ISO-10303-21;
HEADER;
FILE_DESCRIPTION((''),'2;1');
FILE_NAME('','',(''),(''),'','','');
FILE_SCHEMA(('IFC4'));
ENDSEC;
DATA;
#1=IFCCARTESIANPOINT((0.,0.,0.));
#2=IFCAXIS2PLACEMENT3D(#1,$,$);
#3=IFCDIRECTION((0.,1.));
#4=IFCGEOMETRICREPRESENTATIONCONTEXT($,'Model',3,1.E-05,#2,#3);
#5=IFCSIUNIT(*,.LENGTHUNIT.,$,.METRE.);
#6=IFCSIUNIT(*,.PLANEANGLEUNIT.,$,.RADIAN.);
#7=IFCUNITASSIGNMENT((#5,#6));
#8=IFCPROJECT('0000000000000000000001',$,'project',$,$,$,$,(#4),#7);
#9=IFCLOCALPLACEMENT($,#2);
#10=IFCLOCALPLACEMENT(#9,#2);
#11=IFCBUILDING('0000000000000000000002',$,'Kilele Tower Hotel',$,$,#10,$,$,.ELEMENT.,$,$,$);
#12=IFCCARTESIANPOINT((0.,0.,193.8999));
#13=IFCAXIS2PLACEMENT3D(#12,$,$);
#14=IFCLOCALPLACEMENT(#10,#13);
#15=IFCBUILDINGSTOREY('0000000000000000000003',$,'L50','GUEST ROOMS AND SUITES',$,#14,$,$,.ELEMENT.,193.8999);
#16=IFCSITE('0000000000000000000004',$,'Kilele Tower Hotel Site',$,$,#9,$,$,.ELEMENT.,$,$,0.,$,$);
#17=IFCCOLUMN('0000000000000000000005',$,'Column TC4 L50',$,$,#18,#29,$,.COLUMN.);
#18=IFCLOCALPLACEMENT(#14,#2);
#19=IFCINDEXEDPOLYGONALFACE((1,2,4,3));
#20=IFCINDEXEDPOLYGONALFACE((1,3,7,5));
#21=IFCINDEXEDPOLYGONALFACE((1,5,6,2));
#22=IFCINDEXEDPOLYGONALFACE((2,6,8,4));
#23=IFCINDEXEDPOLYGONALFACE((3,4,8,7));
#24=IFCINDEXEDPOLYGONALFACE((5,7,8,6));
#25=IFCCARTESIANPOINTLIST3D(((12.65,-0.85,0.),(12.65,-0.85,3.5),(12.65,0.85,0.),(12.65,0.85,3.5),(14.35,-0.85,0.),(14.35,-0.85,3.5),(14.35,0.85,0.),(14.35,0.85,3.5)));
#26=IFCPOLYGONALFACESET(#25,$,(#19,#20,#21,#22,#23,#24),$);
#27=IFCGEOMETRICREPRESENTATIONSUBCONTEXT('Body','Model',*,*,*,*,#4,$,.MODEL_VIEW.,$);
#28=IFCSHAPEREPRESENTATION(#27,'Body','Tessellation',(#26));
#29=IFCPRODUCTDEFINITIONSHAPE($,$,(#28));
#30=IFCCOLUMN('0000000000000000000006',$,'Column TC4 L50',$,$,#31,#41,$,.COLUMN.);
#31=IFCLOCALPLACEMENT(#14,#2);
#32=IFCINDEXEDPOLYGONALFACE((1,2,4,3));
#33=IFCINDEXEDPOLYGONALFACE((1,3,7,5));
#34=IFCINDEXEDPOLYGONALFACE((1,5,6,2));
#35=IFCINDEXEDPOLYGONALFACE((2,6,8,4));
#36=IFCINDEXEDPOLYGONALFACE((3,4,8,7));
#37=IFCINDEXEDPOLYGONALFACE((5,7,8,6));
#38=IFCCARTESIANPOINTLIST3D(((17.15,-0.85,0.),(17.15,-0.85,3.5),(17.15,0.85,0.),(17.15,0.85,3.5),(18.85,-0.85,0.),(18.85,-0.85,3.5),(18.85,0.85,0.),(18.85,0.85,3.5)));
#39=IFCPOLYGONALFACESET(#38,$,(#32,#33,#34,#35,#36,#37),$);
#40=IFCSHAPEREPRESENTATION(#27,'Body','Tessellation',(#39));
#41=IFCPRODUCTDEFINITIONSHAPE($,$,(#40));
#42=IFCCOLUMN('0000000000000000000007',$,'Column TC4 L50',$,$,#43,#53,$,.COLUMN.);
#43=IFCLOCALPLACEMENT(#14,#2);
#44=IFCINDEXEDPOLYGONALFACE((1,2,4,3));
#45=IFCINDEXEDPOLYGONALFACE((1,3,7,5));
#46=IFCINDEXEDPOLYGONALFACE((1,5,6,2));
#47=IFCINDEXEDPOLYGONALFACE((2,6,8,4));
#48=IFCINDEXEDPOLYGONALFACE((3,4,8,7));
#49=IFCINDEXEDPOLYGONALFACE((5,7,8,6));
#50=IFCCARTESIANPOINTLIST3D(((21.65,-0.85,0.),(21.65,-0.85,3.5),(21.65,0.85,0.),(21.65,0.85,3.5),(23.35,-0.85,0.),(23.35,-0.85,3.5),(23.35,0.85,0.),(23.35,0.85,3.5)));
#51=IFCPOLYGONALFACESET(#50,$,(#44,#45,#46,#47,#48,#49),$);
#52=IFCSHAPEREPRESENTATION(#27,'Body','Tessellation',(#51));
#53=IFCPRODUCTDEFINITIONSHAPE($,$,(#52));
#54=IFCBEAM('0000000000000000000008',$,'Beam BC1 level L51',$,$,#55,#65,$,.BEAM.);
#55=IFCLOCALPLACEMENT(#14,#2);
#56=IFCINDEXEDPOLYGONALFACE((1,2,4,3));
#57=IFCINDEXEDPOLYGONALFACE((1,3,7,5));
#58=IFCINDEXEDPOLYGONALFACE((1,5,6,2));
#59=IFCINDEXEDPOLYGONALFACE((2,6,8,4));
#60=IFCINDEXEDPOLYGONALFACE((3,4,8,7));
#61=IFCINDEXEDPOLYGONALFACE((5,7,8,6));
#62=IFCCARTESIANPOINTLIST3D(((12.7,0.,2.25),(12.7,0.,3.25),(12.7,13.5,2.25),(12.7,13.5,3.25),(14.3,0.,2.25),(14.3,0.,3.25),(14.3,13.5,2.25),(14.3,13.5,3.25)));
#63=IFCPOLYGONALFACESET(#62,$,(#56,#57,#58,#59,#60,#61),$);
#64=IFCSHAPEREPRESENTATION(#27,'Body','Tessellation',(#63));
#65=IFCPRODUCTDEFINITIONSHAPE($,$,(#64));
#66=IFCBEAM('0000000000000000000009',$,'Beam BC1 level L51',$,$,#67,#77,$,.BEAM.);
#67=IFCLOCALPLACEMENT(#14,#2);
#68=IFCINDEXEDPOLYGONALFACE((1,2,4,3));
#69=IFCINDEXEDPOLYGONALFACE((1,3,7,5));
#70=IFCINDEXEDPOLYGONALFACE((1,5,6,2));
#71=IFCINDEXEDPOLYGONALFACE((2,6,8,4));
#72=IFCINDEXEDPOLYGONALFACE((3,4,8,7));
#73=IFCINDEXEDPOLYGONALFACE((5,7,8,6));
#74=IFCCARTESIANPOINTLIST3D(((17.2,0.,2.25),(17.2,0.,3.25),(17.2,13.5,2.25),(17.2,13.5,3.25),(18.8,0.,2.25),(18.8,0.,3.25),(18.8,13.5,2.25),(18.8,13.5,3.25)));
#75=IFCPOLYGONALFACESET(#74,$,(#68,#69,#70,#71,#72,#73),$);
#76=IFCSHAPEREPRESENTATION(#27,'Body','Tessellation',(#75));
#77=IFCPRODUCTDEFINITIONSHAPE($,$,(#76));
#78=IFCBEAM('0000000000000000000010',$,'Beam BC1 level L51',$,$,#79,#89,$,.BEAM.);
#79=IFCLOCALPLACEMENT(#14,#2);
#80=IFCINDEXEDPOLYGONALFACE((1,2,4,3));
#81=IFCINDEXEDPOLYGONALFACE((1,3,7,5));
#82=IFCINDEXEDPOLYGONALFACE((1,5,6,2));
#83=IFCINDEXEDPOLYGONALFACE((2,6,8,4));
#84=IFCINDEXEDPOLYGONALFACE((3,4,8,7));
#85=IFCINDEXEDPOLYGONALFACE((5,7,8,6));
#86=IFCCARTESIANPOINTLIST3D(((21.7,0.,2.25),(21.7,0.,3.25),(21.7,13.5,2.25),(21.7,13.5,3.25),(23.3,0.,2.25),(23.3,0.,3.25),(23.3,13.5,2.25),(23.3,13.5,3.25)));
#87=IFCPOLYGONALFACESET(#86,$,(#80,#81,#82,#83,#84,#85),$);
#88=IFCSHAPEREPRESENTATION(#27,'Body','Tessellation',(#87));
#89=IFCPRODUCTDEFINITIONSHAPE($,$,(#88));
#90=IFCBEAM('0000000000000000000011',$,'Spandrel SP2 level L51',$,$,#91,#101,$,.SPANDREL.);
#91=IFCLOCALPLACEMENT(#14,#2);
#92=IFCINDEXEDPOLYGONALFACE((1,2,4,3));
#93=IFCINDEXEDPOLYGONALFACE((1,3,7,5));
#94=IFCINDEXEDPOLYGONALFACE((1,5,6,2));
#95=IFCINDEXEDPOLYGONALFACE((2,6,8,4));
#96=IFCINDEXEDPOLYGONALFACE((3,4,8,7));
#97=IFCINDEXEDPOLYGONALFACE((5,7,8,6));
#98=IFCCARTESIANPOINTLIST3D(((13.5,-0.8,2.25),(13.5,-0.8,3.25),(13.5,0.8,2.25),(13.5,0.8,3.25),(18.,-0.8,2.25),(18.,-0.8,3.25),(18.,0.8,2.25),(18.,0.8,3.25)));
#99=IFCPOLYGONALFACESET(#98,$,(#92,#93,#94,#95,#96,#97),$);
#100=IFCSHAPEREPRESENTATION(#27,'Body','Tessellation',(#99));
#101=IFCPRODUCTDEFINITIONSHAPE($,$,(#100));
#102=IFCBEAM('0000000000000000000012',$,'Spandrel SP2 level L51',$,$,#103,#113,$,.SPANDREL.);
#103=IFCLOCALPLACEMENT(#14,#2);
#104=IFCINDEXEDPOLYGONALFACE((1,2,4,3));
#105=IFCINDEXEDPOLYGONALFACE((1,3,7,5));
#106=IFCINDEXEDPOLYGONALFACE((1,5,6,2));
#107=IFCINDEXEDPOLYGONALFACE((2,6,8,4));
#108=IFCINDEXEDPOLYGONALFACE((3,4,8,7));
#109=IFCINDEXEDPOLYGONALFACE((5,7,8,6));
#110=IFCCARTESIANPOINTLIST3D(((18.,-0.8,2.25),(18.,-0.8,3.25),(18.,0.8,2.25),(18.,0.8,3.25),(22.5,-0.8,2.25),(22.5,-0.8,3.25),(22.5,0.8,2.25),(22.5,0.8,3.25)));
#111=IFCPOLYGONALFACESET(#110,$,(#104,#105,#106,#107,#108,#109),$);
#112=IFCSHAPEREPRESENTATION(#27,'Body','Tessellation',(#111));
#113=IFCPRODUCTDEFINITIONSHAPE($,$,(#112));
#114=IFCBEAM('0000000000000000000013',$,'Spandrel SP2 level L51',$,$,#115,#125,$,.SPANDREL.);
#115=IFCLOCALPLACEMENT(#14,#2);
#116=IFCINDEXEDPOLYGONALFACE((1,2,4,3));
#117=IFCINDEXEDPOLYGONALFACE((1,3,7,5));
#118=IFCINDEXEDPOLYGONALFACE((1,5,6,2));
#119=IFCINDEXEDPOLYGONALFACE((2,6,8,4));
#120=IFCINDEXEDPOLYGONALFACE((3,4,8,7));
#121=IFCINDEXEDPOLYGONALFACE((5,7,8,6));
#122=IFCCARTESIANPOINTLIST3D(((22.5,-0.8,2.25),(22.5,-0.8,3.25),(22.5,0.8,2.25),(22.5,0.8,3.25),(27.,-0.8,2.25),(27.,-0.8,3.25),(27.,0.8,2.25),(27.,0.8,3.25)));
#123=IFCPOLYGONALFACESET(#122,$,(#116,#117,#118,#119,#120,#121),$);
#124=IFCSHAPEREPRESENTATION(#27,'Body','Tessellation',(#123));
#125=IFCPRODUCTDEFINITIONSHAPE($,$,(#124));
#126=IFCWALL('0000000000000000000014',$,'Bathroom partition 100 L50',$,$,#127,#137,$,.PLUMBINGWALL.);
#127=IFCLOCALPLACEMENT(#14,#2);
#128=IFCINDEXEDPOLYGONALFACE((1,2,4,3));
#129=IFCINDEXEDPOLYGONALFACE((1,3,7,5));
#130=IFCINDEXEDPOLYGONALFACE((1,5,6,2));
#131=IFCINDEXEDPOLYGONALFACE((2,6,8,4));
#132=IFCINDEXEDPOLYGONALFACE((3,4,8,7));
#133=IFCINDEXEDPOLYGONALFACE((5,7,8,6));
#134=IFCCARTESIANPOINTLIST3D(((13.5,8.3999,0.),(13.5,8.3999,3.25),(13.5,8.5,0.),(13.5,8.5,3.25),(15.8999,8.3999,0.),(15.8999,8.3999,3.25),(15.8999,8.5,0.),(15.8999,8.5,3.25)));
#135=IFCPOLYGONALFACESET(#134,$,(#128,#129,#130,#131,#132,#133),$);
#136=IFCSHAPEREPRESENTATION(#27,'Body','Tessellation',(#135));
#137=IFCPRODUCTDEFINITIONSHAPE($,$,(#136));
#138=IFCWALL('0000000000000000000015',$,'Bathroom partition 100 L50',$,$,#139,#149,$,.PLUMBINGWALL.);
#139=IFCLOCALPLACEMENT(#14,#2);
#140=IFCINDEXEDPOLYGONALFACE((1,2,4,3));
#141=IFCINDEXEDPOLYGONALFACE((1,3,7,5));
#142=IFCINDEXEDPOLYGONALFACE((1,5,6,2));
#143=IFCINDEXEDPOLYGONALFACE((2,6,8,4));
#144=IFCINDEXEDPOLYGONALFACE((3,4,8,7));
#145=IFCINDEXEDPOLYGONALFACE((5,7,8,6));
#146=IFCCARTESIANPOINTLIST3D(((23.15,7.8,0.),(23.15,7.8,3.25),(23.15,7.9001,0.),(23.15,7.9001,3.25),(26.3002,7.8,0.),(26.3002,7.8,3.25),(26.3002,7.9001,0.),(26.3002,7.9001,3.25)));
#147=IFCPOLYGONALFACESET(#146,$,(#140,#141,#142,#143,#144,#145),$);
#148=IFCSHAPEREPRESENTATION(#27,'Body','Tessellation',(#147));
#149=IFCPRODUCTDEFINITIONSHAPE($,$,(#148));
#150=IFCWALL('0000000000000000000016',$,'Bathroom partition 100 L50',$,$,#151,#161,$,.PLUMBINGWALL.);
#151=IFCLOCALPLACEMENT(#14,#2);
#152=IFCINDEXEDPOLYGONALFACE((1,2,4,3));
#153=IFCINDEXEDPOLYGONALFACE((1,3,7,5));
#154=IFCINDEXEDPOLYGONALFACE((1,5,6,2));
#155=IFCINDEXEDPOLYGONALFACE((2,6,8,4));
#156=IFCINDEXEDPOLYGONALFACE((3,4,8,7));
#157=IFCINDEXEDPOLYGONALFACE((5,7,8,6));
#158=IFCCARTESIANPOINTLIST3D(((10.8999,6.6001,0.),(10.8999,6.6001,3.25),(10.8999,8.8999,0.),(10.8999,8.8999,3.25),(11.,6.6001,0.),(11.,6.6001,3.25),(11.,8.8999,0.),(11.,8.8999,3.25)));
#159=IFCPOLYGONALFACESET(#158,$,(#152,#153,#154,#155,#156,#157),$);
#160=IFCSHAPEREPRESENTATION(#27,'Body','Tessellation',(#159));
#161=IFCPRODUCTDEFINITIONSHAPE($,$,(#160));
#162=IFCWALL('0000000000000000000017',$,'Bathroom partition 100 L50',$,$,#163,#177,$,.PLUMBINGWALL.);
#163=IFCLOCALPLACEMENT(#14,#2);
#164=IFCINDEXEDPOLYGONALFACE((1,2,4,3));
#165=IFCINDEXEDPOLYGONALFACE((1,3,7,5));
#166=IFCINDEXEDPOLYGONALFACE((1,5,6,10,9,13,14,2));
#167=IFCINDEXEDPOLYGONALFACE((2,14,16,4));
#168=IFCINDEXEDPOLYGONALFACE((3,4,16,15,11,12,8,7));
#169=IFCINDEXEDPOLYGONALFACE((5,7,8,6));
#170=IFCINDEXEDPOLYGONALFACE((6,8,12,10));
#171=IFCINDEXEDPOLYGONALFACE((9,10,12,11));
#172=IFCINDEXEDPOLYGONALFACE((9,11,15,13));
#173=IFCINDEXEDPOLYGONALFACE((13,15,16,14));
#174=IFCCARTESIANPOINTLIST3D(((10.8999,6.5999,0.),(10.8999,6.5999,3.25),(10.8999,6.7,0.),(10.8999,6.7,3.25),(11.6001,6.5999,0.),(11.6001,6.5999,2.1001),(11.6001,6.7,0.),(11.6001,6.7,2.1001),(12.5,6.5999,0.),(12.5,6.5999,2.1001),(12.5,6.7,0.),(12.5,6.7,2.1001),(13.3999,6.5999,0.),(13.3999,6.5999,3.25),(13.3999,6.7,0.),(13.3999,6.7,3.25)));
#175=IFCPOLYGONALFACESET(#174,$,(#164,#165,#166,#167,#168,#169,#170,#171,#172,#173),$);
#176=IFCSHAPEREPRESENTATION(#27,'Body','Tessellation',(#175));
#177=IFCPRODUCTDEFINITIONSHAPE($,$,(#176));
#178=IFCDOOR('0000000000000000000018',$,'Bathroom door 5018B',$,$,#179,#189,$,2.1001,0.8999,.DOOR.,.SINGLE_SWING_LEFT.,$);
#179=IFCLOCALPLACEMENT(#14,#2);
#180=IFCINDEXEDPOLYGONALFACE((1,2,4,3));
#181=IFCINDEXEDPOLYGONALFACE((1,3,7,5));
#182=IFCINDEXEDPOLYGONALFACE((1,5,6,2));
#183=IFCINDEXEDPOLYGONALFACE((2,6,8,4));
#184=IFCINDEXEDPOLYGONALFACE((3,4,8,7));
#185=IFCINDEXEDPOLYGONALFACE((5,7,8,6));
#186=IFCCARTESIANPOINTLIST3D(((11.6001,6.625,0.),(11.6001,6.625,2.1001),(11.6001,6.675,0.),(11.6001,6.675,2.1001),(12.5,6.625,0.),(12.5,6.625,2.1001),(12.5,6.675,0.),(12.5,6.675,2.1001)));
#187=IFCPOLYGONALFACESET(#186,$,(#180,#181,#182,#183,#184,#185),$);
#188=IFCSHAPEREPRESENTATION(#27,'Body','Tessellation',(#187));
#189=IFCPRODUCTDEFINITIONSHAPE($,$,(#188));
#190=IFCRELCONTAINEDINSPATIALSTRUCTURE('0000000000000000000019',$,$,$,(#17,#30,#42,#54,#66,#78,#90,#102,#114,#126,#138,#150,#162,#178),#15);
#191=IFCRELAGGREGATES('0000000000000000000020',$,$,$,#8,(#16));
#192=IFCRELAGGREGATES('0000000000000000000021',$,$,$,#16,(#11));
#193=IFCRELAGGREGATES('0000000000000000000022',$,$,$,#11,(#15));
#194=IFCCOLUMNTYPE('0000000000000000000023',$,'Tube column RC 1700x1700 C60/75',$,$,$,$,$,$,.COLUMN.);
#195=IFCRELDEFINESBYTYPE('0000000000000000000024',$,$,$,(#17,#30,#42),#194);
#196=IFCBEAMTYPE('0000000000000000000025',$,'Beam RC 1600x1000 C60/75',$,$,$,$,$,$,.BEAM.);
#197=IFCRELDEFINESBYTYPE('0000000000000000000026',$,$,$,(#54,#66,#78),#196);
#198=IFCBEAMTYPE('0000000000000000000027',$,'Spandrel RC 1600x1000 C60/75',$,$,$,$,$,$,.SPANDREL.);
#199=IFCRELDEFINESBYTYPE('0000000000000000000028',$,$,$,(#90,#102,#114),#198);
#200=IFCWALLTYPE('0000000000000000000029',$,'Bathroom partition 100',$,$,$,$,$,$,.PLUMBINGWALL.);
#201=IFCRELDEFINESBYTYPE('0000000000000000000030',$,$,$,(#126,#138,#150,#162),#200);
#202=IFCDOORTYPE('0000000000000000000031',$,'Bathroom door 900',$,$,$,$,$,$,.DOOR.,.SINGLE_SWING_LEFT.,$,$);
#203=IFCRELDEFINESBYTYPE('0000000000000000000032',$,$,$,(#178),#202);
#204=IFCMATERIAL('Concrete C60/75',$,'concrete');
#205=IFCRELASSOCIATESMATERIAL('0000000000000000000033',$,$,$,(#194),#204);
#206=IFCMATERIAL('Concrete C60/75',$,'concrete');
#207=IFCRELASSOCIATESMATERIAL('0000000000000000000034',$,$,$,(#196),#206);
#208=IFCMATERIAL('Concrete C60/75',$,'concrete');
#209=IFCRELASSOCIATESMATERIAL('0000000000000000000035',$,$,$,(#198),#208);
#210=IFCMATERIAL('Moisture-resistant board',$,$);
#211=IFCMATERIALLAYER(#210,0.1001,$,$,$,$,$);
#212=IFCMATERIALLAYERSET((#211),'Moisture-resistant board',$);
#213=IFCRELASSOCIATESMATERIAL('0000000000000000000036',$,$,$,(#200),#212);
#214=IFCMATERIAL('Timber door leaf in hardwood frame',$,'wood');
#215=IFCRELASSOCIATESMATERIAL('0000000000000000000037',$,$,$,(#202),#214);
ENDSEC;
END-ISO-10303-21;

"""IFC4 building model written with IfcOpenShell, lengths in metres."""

from ifc_helpers import new_model, si_unit, direction, frame, frame_2d, origin, origin_2d, place, context, subcontext, project, spatial, rectangle, extrude, material, layer, layer_set, material_profile, profile_set, type_object, element, fill, save


model = new_model("IFC4")

# Units and contexts
model_context = context("Model", 3, precision=1e-05, world=origin(), true_north=direction((0.0, 1.0)))
body_context = subcontext(model_context, "Body", "Model", "MODEL_VIEW")
ifc_project = project(units=[si_unit("LENGTHUNIT", "METRE"), si_unit("PLANEANGLEUNIT", "RADIAN")], contexts=[model_context])

# Site, building, storey
site_placement = place(None, origin())
site = spatial("IfcSite", under=ifc_project, at=site_placement, Name="Kilele Tower Hotel Site", CompositionType="ELEMENT", RefElevation=0.0)
building_placement = place(site_placement, origin())
building = spatial("IfcBuilding", under=site, at=building_placement, Name="Kilele Tower Hotel", CompositionType="ELEMENT")
storey_placement = place(building_placement, frame((0.0, 0.0, 193.8999)))
storey = spatial("IfcBuildingStorey", under=building, at=storey_placement, Name="L50", Description="GUEST ROOMS AND SUITES", CompositionType="ELEMENT", Elevation=193.8999)

# Columns
ifc_material_1 = material(Name="Concrete C60/75", Category="concrete")
ifc_material_profile_1 = material_profile(ifc_material_1, rectangle(XDim=1.7, YDim=1.7, at=origin_2d()))
ifc_profile_set_1 = profile_set([ifc_material_profile_1], Name="Concrete C60/75")
column_type = type_object("IfcColumnType", Name="Tube column RC 1700x1700 C60/75", PredefinedType="COLUMN", material=ifc_profile_set_1)
for number, where, z_axis, x_axis, name in (
    (1, (13.5, 0.0, 0.0), (0.0, 0.0, 1.0), (1.0, 0.0, 0.0), "Column TC4 L50"),
    (2, (18.0, 0.0, 0.0), (0.0, 0.0, 1.0), (1.0, 0.0, 0.0), "Column TC4 L50"),
    (3, (22.5, 0.0, 0.0), (0.0, 0.0, 1.0), (1.0, 0.0, 0.0), "Column TC4 L50"),
):
    element("IfcColumn", number, at=place(storey_placement, frame(where, z_axis=z_axis, x_axis=x_axis)), inside=storey, type_object=column_type, Name=name, PredefinedType="COLUMN", context=body_context, shape_type="SweptSolid", body=[
        extrude(rectangle(XDim=1.7, YDim=1.7, at=origin_2d()), origin(), (0.0, 0.0, 1.0), 3.5),
    ])

# Beams
ifc_material_2 = material(Name="Concrete C60/75", Category="concrete")
ifc_material_profile_2 = material_profile(ifc_material_2, rectangle(XDim=1.6001, YDim=1.0, at=origin_2d()))
ifc_profile_set_2 = profile_set([ifc_material_profile_2], Name="Concrete C60/75")
beam_type_1 = type_object("IfcBeamType", Name="Beam RC 1600x1000 C60/75", PredefinedType="BEAM", material=ifc_profile_set_2)
for number, where, z_axis, x_axis, name in (
    (4, (13.5, 0.0, 2.75), (0.0, 1.0, 0.0), (-1.0, 0.0, 0.0), "Beam BC1 level L51"),
    (5, (18.0, 0.0, 2.75), (0.0, 1.0, 0.0), (-1.0, 0.0, 0.0), "Beam BC1 level L51"),
    (6, (22.5, 0.0, 2.75), (0.0, 1.0, 0.0), (-1.0, 0.0, 0.0), "Beam BC1 level L51"),
):
    element("IfcBeam", number, at=place(storey_placement, frame(where, z_axis=z_axis, x_axis=x_axis)), inside=storey, type_object=beam_type_1, Name=name, PredefinedType="BEAM", context=body_context, shape_type="SweptSolid", body=[
        extrude(rectangle(XDim=1.6001, YDim=1.0, at=origin_2d()), origin(), (0.0, 0.0, 1.0), 13.5),
    ])
ifc_material_3 = material(Name="Concrete C60/75", Category="concrete")
ifc_material_profile_3 = material_profile(ifc_material_3, rectangle(XDim=1.6001, YDim=1.0, at=origin_2d()))
ifc_profile_set_3 = profile_set([ifc_material_profile_3], Name="Concrete C60/75")
beam_type_2 = type_object("IfcBeamType", Name="Spandrel RC 1600x1000 C60/75", PredefinedType="SPANDREL", material=ifc_profile_set_3)
for number, where, z_axis, x_axis, name in (
    (7, (13.5, 0.0, 2.75), (1.0, 0.0, 0.0), (0.0, 1.0, 0.0), "Spandrel SP2 level L51"),
    (8, (18.0, 0.0, 2.75), (1.0, 0.0, 0.0), (0.0, 1.0, 0.0), "Spandrel SP2 level L51"),
    (9, (22.5, 0.0, 2.75), (1.0, 0.0, 0.0), (0.0, 1.0, 0.0), "Spandrel SP2 level L51"),
):
    element("IfcBeam", number, at=place(storey_placement, frame(where, z_axis=z_axis, x_axis=x_axis)), inside=storey, type_object=beam_type_2, Name=name, PredefinedType="SPANDREL", context=body_context, shape_type="SweptSolid", body=[
        extrude(rectangle(XDim=1.6001, YDim=1.0, at=origin_2d()), origin(), (0.0, 0.0, 1.0), 4.5),
    ])

# Walls
ifc_material_4 = material(Name="Moisture-resistant board")
ifc_layer_1 = layer(ifc_material_4, 0.1001)
ifc_layer_set_1 = layer_set([ifc_layer_1], Name="Moisture-resistant board")
wall_type_1 = type_object("IfcWallType", Name="Bathroom partition 100", PredefinedType="PLUMBINGWALL", material=ifc_layer_set_1)
wall_1_placement = place(storey_placement, frame((13.5, 8.45, 0.0), z_axis=(0.0, 0.0, 1.0), x_axis=(1.0, 0.0, 0.0)))
element("IfcWall", 10, at=wall_1_placement, inside=storey, type_object=wall_type_1, Name="Bathroom partition 100 L50", PredefinedType="PLUMBINGWALL", context=body_context, shape_type="SweptSolid", body=[
    extrude(rectangle(XDim=2.3999, YDim=0.1001, at=frame_2d((1.2, 0.0))), origin(), (0.0, 0.0, 1.0), 3.25),
])
wall_2_placement = place(storey_placement, frame((23.1499, 7.8501, 0.0), z_axis=(0.0, 0.0, 1.0), x_axis=(1.0, 0.0, 0.0)))
element("IfcWall", 11, at=wall_2_placement, inside=storey, type_object=wall_type_1, Name="Bathroom partition 100 L50", PredefinedType="PLUMBINGWALL", context=body_context, shape_type="SweptSolid", body=[
    extrude(rectangle(XDim=3.1501, YDim=0.1001, at=frame_2d((1.5752, 0.0))), origin(), (0.0, 0.0, 1.0), 3.25),
])
wall_3_placement = place(storey_placement, frame((10.95, 8.8999, 0.0), z_axis=(0.0, 0.0, 1.0), x_axis=(0.0, -1.0, 0.0)))
element("IfcWall", 12, at=wall_3_placement, inside=storey, type_object=wall_type_1, Name="Bathroom partition 100 L50", PredefinedType="PLUMBINGWALL", context=body_context, shape_type="SweptSolid", body=[
    extrude(rectangle(XDim=2.2998, YDim=0.1001, at=frame_2d((1.1499, 0.0))), origin(), (0.0, 0.0, 1.0), 3.25),
])

# Wall, opening, door
wall_4_placement = place(storey_placement, frame((13.3999, 6.6499, 0.0), z_axis=(0.0, 0.0, 1.0), x_axis=(-1.0, 0.0, 0.0)))
wall_4 = element("IfcWall", 13, at=wall_4_placement, inside=storey, type_object=wall_type_1, Name="Bathroom partition 100 L50", PredefinedType="PLUMBINGWALL", context=body_context, shape_type="SweptSolid", body=[
    extrude(rectangle(XDim=2.5, YDim=0.1001, at=frame_2d((1.25, 0.0))), origin(), (0.0, 0.0, 1.0), 3.25),
])
opening_1_placement = place(wall_4_placement, frame((0.8999, 0.0, 0.0)))
opening_1 = element("IfcOpeningElement", 14, at=opening_1_placement, cuts=wall_4, PredefinedType="OPENING", context=body_context, shape_type="SweptSolid", body=[
    extrude(rectangle(XDim=0.8999, YDim=2.1001, at=frame_2d((0.45, 1.05))), frame((0.0, 0.0601, 0.0), z_axis=(0.0, -1.0, 0.0), x_axis=(1.0, 0.0, 0.0)), (0.0, 0.0, 1.0), 0.1201),
])
ifc_material_5 = material(Name="Timber door leaf in hardwood frame", Category="wood")
door_type_1 = type_object("IfcDoorType", Name="Bathroom door 900", OperationType="SINGLE_SWING_LEFT", PredefinedType="DOOR", material=ifc_material_5)
door_1_placement = place(opening_1_placement, origin())
door_1 = element("IfcDoor", 15, at=door_1_placement, inside=storey, type_object=door_type_1, Name="Bathroom door 5018B", OperationType="SINGLE_SWING_LEFT", OverallHeight=2.1001, OverallWidth=0.8999, PredefinedType="DOOR", context=body_context, shape_type="SweptSolid", body=[
    extrude(rectangle(XDim=0.8999, YDim=2.1001, at=frame_2d((0.45, 1.05))), frame((0.0, 0.0249, 0.0), z_axis=(0.0, -1.0, 0.0), x_axis=(1.0, 0.0, 0.0)), (0.0, 0.0, 1.0), 0.05),
])
fill(opening_1, door_1)

save(model, "model.ifc")
